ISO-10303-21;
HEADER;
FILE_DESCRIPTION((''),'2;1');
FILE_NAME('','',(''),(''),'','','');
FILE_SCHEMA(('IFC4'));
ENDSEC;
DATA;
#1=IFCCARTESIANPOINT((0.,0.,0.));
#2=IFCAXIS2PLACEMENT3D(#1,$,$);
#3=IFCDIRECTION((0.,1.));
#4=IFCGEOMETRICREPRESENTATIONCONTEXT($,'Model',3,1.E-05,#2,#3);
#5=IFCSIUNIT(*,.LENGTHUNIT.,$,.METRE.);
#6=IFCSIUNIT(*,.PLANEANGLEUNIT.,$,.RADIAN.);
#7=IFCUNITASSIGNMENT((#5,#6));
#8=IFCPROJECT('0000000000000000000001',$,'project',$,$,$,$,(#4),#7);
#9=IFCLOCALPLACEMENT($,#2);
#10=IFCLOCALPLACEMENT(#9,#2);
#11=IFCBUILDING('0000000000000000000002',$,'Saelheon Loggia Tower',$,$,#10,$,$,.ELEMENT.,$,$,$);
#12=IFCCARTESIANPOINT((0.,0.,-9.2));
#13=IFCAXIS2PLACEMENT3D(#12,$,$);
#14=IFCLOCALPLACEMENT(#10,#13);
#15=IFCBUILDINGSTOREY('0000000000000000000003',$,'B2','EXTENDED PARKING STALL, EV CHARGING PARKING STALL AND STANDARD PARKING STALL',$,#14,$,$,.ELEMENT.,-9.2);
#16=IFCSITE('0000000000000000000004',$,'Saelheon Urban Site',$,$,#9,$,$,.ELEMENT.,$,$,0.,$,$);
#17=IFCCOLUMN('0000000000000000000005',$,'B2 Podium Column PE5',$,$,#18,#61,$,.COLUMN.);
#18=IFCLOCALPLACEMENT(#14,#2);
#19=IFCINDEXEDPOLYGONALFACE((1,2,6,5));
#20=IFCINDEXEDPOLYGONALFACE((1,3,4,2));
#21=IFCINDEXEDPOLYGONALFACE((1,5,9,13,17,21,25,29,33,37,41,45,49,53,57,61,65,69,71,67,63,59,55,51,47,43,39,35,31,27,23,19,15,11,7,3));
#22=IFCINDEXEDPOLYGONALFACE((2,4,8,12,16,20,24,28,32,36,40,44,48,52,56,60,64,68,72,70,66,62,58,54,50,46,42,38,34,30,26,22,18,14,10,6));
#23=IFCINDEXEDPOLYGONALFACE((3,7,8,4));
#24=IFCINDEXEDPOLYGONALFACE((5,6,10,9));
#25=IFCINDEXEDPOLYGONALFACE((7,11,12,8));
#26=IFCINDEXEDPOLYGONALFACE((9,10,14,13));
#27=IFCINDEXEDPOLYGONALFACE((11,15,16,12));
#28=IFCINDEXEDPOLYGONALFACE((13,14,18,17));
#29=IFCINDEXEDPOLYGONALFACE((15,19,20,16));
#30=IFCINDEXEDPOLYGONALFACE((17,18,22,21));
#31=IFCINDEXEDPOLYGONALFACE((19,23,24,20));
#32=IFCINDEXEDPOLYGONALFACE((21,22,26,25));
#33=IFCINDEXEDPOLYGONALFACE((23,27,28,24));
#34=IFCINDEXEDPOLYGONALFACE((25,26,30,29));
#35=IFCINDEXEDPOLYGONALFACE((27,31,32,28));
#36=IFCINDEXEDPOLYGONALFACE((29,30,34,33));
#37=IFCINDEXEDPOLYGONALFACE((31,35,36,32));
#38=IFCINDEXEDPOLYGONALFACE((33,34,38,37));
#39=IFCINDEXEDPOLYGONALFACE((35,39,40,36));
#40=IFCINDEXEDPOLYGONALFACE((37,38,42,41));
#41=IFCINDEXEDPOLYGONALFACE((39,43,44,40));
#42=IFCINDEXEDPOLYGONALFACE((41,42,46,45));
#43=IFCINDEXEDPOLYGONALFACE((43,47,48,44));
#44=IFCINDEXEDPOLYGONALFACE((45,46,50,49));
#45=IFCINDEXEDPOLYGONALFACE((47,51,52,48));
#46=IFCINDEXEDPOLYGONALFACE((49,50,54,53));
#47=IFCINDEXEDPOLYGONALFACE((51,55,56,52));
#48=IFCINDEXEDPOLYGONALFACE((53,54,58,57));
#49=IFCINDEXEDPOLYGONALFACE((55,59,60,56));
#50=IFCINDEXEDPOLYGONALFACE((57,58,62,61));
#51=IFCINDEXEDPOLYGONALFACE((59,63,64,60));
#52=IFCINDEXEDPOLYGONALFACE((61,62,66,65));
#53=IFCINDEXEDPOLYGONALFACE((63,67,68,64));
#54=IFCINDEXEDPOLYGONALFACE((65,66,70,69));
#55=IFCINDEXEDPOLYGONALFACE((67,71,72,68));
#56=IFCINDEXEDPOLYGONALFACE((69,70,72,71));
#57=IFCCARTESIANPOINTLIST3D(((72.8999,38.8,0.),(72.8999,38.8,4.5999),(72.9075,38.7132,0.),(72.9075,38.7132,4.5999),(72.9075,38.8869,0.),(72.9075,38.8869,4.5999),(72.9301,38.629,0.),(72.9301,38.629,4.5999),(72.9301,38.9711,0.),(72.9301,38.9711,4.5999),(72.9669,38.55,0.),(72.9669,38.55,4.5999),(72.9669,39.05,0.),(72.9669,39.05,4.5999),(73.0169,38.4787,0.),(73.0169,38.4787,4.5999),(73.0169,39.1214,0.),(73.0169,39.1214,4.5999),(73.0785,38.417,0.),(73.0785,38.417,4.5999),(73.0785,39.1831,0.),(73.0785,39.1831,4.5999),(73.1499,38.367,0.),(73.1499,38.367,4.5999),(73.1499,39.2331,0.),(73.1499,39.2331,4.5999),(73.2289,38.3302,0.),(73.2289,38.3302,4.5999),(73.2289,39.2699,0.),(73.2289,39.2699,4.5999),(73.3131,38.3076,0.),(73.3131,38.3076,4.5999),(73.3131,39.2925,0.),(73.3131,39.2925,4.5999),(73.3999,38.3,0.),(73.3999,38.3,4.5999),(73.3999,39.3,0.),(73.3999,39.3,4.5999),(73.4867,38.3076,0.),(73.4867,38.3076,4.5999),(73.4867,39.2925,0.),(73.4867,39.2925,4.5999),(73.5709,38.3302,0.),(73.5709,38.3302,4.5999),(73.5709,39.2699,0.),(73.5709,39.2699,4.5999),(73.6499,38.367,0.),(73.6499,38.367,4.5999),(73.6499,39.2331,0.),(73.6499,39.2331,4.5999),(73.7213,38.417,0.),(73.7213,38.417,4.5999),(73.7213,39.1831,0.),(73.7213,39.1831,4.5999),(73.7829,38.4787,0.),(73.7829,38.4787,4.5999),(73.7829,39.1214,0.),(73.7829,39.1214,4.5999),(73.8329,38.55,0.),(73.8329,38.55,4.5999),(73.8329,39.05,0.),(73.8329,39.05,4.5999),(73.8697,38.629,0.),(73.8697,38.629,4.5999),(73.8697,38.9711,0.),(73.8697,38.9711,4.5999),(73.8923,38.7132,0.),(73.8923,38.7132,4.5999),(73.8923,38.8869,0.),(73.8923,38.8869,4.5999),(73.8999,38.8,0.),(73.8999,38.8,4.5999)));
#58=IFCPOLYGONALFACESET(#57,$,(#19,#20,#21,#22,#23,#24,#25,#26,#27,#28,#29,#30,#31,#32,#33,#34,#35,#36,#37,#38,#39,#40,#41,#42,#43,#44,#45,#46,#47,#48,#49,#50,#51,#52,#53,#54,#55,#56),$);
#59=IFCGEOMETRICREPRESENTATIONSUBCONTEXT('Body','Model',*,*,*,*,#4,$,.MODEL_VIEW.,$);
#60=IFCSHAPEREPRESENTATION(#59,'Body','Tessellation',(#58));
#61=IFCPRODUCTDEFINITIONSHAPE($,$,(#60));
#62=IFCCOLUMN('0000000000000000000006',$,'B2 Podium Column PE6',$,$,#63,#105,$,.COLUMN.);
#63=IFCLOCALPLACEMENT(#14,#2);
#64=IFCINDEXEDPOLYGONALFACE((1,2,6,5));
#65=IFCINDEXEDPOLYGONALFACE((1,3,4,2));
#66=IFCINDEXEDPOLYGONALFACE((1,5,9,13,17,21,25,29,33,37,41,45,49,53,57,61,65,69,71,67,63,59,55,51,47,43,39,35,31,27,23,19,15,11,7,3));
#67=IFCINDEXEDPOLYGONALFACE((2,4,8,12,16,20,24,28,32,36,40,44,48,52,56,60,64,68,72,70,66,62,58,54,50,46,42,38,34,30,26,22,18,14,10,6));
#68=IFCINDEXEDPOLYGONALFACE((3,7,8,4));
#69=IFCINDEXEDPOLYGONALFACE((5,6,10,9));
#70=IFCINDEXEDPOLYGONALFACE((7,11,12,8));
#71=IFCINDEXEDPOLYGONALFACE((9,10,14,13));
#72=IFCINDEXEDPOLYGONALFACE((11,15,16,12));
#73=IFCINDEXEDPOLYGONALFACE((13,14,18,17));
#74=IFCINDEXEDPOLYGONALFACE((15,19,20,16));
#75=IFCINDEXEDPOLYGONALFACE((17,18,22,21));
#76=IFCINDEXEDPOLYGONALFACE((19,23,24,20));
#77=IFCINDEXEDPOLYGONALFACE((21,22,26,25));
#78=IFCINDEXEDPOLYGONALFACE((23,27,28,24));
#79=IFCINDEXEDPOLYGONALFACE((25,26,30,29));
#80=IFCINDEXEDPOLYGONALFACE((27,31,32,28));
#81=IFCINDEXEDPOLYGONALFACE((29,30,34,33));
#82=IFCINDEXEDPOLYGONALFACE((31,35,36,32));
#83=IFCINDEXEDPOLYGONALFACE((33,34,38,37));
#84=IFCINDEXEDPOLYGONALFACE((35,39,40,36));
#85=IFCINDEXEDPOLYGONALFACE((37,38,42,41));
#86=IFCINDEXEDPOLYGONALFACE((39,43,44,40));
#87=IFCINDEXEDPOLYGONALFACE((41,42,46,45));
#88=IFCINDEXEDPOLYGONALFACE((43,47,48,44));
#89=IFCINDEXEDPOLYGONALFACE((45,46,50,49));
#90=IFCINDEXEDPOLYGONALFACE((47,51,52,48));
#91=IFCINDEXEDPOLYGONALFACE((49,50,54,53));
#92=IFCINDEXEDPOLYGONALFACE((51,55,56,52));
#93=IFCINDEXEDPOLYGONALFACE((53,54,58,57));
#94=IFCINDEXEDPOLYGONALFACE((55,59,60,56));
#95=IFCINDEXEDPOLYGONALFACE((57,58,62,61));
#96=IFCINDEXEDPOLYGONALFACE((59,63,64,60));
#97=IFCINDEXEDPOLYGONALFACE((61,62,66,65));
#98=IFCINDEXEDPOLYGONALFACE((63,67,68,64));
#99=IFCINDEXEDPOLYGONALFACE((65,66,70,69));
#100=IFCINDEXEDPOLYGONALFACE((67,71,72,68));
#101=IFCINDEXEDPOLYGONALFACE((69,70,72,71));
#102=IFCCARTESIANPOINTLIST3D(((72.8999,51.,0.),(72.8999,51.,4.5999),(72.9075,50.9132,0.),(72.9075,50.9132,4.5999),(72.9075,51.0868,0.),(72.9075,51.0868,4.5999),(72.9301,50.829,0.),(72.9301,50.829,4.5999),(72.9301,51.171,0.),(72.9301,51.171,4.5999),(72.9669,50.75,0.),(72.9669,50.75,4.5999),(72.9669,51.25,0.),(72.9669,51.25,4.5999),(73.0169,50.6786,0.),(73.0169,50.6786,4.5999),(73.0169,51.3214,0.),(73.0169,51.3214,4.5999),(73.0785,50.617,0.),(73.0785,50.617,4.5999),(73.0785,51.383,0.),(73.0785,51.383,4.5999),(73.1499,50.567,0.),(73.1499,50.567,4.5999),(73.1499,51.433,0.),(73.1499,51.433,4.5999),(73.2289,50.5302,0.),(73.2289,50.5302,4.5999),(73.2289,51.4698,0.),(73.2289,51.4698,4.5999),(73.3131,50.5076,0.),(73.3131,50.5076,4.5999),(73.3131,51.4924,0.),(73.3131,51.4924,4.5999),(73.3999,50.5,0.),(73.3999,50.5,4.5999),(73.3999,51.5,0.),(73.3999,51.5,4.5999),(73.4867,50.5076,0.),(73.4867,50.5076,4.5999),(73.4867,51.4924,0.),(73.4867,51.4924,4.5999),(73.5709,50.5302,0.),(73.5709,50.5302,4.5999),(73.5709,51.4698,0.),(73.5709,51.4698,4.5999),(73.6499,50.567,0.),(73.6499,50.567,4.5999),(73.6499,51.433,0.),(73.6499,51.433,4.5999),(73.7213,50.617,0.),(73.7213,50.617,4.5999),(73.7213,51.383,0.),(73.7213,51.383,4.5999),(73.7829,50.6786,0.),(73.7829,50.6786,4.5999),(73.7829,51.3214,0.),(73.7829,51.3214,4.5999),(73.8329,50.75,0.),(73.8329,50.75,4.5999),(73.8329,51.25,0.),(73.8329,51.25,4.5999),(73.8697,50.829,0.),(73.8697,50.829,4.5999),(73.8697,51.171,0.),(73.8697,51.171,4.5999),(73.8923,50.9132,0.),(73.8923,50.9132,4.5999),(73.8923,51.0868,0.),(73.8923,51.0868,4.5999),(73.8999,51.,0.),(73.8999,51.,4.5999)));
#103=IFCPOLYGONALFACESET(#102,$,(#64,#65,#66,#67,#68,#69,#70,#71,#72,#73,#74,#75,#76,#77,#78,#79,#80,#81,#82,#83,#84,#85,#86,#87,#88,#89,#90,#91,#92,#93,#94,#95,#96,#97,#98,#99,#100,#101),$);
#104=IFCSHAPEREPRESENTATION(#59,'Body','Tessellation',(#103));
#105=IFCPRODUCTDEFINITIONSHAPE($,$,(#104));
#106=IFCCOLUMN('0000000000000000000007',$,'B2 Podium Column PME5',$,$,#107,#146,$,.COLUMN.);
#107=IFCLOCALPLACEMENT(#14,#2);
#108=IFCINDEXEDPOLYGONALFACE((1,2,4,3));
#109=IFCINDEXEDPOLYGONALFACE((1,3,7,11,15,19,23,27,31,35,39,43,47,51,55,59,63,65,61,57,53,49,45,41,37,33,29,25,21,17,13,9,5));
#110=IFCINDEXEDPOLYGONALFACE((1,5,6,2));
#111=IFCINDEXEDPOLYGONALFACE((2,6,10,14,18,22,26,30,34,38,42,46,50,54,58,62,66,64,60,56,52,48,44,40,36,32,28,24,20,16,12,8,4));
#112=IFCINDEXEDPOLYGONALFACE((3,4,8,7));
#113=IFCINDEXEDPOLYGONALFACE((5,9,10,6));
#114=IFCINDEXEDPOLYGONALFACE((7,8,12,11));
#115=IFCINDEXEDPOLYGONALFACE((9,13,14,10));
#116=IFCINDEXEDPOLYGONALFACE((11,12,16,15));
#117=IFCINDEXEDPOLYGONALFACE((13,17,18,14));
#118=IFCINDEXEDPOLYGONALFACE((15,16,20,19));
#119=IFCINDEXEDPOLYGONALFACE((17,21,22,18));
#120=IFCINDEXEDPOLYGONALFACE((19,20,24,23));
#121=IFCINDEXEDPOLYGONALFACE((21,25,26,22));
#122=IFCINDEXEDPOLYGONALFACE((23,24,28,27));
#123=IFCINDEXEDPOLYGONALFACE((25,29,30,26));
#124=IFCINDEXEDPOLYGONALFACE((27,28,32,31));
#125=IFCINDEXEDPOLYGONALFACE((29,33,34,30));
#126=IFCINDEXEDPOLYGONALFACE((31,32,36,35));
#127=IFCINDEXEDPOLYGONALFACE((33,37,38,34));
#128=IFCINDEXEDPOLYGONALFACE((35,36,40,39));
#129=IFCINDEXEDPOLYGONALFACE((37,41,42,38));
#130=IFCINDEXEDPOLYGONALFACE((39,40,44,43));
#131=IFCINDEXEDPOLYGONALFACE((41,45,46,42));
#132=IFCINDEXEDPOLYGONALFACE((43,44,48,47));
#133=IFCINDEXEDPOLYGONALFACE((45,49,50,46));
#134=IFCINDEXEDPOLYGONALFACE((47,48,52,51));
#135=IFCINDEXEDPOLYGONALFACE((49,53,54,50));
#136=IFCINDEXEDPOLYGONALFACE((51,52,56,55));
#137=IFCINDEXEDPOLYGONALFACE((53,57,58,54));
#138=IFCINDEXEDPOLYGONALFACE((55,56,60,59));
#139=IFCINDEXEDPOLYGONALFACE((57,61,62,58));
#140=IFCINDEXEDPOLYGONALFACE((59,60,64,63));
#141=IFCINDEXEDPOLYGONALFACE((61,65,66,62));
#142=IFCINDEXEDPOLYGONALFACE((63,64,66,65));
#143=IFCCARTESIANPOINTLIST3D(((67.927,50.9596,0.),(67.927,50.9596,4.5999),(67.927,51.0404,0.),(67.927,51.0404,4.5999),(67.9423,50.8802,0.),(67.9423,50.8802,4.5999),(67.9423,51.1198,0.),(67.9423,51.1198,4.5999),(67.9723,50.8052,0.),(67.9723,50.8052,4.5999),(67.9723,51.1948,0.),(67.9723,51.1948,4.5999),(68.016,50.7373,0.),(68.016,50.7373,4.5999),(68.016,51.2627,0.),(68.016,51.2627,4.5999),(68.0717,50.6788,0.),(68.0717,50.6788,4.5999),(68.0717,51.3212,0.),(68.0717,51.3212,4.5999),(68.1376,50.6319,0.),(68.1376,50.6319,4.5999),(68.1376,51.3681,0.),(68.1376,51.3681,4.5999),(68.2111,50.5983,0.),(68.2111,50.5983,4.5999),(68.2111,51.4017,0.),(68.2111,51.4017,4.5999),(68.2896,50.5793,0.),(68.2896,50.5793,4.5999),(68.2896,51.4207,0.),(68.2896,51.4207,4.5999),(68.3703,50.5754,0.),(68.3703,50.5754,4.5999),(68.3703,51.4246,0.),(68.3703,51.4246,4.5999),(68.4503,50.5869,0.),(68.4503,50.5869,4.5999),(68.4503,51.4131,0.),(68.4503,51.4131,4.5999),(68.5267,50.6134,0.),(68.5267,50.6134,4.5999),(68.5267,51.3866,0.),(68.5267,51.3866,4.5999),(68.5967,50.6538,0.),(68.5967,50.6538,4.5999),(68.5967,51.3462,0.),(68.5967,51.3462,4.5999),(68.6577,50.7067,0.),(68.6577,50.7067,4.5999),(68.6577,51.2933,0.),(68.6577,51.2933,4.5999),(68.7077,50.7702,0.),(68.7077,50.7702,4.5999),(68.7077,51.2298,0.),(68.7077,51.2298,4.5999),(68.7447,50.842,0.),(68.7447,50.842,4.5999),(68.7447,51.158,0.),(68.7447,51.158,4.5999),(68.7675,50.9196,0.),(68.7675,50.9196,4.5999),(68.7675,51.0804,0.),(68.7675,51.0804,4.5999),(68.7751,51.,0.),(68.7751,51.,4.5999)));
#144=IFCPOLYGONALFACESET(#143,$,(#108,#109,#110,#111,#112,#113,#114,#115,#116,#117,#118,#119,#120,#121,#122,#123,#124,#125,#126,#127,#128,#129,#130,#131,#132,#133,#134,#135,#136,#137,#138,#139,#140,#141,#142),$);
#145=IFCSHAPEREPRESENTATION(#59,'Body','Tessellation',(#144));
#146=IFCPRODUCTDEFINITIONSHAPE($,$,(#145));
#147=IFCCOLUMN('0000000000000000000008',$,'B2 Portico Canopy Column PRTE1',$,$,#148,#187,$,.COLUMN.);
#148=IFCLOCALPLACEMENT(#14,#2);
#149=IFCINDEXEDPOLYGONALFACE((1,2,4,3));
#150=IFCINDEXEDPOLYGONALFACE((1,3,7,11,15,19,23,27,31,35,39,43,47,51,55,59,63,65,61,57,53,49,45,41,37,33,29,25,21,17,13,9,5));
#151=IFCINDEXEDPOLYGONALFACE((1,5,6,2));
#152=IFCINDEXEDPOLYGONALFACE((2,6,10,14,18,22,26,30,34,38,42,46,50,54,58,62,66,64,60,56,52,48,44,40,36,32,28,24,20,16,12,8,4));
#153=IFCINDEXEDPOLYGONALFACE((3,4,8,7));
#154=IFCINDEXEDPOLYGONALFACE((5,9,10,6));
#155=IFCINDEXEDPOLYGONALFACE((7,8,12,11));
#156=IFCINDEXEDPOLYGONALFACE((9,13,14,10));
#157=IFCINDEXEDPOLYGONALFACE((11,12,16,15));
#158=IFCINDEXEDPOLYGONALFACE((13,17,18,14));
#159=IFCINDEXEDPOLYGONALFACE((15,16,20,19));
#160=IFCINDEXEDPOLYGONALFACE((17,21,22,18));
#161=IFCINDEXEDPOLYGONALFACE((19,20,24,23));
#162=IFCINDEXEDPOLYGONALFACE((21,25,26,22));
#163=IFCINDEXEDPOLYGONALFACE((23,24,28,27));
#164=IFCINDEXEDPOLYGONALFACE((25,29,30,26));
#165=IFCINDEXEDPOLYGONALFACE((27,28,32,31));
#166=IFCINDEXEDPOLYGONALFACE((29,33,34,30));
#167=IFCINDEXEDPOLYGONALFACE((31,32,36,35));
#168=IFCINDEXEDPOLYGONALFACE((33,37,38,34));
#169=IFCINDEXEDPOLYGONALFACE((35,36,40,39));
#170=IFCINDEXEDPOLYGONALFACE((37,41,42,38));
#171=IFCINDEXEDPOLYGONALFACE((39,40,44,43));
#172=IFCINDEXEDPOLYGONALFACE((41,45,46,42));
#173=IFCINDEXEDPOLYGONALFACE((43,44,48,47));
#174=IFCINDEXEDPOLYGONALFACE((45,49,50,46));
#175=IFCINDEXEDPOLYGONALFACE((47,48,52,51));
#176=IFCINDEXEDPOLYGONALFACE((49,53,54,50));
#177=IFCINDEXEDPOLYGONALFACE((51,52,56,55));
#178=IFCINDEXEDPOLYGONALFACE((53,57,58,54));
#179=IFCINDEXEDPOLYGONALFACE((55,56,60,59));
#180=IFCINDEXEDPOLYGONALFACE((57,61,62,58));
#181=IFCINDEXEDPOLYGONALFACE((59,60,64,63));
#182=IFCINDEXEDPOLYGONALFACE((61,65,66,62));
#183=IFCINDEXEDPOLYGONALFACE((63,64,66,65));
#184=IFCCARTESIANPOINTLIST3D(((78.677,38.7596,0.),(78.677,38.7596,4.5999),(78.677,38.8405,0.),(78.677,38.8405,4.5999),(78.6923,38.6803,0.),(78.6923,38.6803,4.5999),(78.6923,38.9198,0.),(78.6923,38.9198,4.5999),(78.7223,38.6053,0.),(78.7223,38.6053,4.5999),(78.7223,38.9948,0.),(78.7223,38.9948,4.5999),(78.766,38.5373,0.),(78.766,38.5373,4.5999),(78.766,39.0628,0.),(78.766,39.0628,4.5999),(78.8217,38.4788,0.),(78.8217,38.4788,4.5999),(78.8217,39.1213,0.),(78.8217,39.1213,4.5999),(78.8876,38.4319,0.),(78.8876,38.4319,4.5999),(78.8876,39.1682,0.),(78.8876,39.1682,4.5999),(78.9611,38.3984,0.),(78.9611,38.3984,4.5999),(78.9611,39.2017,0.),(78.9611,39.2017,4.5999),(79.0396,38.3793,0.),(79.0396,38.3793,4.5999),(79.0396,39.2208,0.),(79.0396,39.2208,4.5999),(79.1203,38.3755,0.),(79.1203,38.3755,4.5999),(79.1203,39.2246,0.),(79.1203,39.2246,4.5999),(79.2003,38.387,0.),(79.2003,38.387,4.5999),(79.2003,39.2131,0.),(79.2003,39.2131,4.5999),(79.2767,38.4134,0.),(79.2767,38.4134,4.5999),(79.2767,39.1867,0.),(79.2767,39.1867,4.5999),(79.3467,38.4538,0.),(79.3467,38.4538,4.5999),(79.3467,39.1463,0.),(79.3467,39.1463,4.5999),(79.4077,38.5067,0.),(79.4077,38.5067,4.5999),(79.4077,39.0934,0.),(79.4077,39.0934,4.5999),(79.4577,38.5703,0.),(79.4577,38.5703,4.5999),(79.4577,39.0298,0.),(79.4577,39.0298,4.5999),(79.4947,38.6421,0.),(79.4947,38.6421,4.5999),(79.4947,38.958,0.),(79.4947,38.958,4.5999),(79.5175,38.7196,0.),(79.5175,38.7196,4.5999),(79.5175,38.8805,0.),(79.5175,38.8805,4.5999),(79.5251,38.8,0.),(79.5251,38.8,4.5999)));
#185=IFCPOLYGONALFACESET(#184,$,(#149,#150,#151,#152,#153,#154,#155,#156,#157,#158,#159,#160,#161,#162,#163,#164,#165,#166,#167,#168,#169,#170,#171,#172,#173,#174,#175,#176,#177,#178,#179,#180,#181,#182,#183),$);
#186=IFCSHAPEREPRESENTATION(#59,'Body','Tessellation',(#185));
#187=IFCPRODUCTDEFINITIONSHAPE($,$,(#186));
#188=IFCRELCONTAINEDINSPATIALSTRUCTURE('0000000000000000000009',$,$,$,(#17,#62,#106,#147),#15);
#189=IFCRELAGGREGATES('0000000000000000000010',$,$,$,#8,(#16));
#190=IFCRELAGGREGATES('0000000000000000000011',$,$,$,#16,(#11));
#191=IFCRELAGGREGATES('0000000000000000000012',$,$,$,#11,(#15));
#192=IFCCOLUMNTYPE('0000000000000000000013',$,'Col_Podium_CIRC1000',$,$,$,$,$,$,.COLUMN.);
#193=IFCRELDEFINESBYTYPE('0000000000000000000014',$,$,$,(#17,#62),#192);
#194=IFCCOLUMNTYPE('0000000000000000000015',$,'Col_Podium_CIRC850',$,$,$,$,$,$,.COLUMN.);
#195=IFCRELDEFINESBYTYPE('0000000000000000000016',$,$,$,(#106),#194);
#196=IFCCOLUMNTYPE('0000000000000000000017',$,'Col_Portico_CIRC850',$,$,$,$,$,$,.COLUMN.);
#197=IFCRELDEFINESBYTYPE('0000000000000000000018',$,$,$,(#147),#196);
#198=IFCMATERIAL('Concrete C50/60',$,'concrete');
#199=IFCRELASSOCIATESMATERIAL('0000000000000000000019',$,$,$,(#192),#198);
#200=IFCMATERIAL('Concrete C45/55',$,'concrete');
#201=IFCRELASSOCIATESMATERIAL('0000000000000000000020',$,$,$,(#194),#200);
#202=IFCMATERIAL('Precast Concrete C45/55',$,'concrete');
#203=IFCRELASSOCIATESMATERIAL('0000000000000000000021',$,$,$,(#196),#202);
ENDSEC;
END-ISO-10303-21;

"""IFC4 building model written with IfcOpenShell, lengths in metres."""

from ifc_helpers import new_model, si_unit, direction, frame, origin, origin_2d, place, context, subcontext, project, spatial, circle, extrude, source, transform, mapped, material, material_profile, profile_set, type_object, element, save


model = new_model("IFC4")

# Units and contexts
model_context = context("Model", 3, precision=1e-05, world=origin(), true_north=direction((0.0, 1.0)))
body_context = subcontext(model_context, "Body", "Model", "MODEL_VIEW")
ifc_project = project(units=[si_unit("LENGTHUNIT", "METRE"), si_unit("PLANEANGLEUNIT", "RADIAN")], contexts=[model_context])

# Site, building, storey
site_placement = place(None, origin())
site = spatial("IfcSite", under=ifc_project, at=site_placement, Name="Saelheon Urban Site", CompositionType="ELEMENT", RefElevation=0.0)
building_placement = place(site_placement, origin())
building = spatial("IfcBuilding", under=site, at=building_placement, Name="Saelheon Loggia Tower", CompositionType="ELEMENT")
storey_placement = place(building_placement, frame((0.0, 0.0, -9.2)))
storey = spatial("IfcBuildingStorey", under=building, at=storey_placement, Name="B2", Description="EXTENDED PARKING STALL, EV CHARGING PARKING STALL AND STANDARD PARKING STALL", CompositionType="ELEMENT", Elevation=-9.2)

# Shared definitions
ifc_material_1 = material(Name="Concrete C50/60", Category="concrete")

# Columns
ifc_material_profile_1 = material_profile(ifc_material_1, circle(Radius=0.5, at=origin_2d()), Name="CIRC-1000")
ifc_profile_set_1 = profile_set([ifc_material_profile_1], Name="Concrete C50/60")
column_type_1 = type_object("IfcColumnType", Name="Col_Podium_CIRC1000", PredefinedType="COLUMN", material=ifc_profile_set_1)
shared_shape_1 = source(origin(), body_context, "Body", "SweptSolid", [
    extrude(circle(Radius=0.5, at=origin_2d()), origin(), (0.0, 0.0, 1.0), 4.5999),
])
for number, where, z_axis, x_axis, name in (
    (1, (73.3999, 38.8, 0.0), (0.0, 0.0, 1.0), (1.0, 0.0, 0.0), "B2 Podium Column PE5"),
    (2, (73.3999, 51.0, 0.0), (0.0, 0.0, 1.0), (1.0, 0.0, 0.0), "B2 Podium Column PE6"),
):
    element("IfcColumn", number, at=place(storey_placement, frame(where, z_axis=z_axis, x_axis=x_axis)), inside=storey, type_object=column_type_1, Name=name, PredefinedType="COLUMN", context=body_context, shape_type="MappedRepresentation", body=[
        mapped(shared_shape_1, transform((0.0, 0.0, 0.0), scale=1.0)),
    ])
ifc_material_2 = material(Name="Concrete C45/55", Category="concrete")
ifc_material_profile_2 = material_profile(ifc_material_2, circle(Radius=0.425, at=origin_2d()), Name="CIRC-850")
ifc_profile_set_2 = profile_set([ifc_material_profile_2], Name="Concrete C45/55")
column_type_2 = type_object("IfcColumnType", Name="Col_Podium_CIRC850", PredefinedType="COLUMN", material=ifc_profile_set_2)
shared_shape_2 = source(origin(), body_context, "Body", "SweptSolid", [
    extrude(circle(Radius=0.425, at=origin_2d()), origin(), (0.0, 0.0, 1.0), 4.5999),
])
column_1_placement = place(storey_placement, frame((68.3501, 51.0, 0.0), z_axis=(0.0, 0.0, 1.0), x_axis=(1.0, 0.0, 0.0)))
element("IfcColumn", 3, at=column_1_placement, inside=storey, type_object=column_type_2, Name="B2 Podium Column PME5", PredefinedType="COLUMN", context=body_context, shape_type="MappedRepresentation", body=[
    mapped(shared_shape_2, transform((0.0, 0.0, 0.0), scale=1.0)),
])
ifc_material_3 = material(Name="Precast Concrete C45/55", Category="concrete")
ifc_material_profile_3 = material_profile(ifc_material_3, circle(Radius=0.425, at=origin_2d()), Name="CIRC-850")
ifc_profile_set_3 = profile_set([ifc_material_profile_3], Name="Precast Concrete C45/55")
column_type_3 = type_object("IfcColumnType", Name="Col_Portico_CIRC850", PredefinedType="COLUMN", material=ifc_profile_set_3)
for number, where, z_axis, x_axis, name in (
    (4, (79.1001, 38.8, 0.0), (0.0, 0.0, 1.0), (1.0, 0.0, 0.0), "B2 Portico Canopy Column PRTE1"),
):
    element("IfcColumn", number, at=place(storey_placement, frame(where, z_axis=z_axis, x_axis=x_axis)), inside=storey, type_object=column_type_3, Name=name, PredefinedType="COLUMN", context=body_context, shape_type="MappedRepresentation", body=[
        mapped(shared_shape_2, transform((0.0, 0.0, 0.0), scale=1.0)),
    ])

save(model, "model.ifc")
